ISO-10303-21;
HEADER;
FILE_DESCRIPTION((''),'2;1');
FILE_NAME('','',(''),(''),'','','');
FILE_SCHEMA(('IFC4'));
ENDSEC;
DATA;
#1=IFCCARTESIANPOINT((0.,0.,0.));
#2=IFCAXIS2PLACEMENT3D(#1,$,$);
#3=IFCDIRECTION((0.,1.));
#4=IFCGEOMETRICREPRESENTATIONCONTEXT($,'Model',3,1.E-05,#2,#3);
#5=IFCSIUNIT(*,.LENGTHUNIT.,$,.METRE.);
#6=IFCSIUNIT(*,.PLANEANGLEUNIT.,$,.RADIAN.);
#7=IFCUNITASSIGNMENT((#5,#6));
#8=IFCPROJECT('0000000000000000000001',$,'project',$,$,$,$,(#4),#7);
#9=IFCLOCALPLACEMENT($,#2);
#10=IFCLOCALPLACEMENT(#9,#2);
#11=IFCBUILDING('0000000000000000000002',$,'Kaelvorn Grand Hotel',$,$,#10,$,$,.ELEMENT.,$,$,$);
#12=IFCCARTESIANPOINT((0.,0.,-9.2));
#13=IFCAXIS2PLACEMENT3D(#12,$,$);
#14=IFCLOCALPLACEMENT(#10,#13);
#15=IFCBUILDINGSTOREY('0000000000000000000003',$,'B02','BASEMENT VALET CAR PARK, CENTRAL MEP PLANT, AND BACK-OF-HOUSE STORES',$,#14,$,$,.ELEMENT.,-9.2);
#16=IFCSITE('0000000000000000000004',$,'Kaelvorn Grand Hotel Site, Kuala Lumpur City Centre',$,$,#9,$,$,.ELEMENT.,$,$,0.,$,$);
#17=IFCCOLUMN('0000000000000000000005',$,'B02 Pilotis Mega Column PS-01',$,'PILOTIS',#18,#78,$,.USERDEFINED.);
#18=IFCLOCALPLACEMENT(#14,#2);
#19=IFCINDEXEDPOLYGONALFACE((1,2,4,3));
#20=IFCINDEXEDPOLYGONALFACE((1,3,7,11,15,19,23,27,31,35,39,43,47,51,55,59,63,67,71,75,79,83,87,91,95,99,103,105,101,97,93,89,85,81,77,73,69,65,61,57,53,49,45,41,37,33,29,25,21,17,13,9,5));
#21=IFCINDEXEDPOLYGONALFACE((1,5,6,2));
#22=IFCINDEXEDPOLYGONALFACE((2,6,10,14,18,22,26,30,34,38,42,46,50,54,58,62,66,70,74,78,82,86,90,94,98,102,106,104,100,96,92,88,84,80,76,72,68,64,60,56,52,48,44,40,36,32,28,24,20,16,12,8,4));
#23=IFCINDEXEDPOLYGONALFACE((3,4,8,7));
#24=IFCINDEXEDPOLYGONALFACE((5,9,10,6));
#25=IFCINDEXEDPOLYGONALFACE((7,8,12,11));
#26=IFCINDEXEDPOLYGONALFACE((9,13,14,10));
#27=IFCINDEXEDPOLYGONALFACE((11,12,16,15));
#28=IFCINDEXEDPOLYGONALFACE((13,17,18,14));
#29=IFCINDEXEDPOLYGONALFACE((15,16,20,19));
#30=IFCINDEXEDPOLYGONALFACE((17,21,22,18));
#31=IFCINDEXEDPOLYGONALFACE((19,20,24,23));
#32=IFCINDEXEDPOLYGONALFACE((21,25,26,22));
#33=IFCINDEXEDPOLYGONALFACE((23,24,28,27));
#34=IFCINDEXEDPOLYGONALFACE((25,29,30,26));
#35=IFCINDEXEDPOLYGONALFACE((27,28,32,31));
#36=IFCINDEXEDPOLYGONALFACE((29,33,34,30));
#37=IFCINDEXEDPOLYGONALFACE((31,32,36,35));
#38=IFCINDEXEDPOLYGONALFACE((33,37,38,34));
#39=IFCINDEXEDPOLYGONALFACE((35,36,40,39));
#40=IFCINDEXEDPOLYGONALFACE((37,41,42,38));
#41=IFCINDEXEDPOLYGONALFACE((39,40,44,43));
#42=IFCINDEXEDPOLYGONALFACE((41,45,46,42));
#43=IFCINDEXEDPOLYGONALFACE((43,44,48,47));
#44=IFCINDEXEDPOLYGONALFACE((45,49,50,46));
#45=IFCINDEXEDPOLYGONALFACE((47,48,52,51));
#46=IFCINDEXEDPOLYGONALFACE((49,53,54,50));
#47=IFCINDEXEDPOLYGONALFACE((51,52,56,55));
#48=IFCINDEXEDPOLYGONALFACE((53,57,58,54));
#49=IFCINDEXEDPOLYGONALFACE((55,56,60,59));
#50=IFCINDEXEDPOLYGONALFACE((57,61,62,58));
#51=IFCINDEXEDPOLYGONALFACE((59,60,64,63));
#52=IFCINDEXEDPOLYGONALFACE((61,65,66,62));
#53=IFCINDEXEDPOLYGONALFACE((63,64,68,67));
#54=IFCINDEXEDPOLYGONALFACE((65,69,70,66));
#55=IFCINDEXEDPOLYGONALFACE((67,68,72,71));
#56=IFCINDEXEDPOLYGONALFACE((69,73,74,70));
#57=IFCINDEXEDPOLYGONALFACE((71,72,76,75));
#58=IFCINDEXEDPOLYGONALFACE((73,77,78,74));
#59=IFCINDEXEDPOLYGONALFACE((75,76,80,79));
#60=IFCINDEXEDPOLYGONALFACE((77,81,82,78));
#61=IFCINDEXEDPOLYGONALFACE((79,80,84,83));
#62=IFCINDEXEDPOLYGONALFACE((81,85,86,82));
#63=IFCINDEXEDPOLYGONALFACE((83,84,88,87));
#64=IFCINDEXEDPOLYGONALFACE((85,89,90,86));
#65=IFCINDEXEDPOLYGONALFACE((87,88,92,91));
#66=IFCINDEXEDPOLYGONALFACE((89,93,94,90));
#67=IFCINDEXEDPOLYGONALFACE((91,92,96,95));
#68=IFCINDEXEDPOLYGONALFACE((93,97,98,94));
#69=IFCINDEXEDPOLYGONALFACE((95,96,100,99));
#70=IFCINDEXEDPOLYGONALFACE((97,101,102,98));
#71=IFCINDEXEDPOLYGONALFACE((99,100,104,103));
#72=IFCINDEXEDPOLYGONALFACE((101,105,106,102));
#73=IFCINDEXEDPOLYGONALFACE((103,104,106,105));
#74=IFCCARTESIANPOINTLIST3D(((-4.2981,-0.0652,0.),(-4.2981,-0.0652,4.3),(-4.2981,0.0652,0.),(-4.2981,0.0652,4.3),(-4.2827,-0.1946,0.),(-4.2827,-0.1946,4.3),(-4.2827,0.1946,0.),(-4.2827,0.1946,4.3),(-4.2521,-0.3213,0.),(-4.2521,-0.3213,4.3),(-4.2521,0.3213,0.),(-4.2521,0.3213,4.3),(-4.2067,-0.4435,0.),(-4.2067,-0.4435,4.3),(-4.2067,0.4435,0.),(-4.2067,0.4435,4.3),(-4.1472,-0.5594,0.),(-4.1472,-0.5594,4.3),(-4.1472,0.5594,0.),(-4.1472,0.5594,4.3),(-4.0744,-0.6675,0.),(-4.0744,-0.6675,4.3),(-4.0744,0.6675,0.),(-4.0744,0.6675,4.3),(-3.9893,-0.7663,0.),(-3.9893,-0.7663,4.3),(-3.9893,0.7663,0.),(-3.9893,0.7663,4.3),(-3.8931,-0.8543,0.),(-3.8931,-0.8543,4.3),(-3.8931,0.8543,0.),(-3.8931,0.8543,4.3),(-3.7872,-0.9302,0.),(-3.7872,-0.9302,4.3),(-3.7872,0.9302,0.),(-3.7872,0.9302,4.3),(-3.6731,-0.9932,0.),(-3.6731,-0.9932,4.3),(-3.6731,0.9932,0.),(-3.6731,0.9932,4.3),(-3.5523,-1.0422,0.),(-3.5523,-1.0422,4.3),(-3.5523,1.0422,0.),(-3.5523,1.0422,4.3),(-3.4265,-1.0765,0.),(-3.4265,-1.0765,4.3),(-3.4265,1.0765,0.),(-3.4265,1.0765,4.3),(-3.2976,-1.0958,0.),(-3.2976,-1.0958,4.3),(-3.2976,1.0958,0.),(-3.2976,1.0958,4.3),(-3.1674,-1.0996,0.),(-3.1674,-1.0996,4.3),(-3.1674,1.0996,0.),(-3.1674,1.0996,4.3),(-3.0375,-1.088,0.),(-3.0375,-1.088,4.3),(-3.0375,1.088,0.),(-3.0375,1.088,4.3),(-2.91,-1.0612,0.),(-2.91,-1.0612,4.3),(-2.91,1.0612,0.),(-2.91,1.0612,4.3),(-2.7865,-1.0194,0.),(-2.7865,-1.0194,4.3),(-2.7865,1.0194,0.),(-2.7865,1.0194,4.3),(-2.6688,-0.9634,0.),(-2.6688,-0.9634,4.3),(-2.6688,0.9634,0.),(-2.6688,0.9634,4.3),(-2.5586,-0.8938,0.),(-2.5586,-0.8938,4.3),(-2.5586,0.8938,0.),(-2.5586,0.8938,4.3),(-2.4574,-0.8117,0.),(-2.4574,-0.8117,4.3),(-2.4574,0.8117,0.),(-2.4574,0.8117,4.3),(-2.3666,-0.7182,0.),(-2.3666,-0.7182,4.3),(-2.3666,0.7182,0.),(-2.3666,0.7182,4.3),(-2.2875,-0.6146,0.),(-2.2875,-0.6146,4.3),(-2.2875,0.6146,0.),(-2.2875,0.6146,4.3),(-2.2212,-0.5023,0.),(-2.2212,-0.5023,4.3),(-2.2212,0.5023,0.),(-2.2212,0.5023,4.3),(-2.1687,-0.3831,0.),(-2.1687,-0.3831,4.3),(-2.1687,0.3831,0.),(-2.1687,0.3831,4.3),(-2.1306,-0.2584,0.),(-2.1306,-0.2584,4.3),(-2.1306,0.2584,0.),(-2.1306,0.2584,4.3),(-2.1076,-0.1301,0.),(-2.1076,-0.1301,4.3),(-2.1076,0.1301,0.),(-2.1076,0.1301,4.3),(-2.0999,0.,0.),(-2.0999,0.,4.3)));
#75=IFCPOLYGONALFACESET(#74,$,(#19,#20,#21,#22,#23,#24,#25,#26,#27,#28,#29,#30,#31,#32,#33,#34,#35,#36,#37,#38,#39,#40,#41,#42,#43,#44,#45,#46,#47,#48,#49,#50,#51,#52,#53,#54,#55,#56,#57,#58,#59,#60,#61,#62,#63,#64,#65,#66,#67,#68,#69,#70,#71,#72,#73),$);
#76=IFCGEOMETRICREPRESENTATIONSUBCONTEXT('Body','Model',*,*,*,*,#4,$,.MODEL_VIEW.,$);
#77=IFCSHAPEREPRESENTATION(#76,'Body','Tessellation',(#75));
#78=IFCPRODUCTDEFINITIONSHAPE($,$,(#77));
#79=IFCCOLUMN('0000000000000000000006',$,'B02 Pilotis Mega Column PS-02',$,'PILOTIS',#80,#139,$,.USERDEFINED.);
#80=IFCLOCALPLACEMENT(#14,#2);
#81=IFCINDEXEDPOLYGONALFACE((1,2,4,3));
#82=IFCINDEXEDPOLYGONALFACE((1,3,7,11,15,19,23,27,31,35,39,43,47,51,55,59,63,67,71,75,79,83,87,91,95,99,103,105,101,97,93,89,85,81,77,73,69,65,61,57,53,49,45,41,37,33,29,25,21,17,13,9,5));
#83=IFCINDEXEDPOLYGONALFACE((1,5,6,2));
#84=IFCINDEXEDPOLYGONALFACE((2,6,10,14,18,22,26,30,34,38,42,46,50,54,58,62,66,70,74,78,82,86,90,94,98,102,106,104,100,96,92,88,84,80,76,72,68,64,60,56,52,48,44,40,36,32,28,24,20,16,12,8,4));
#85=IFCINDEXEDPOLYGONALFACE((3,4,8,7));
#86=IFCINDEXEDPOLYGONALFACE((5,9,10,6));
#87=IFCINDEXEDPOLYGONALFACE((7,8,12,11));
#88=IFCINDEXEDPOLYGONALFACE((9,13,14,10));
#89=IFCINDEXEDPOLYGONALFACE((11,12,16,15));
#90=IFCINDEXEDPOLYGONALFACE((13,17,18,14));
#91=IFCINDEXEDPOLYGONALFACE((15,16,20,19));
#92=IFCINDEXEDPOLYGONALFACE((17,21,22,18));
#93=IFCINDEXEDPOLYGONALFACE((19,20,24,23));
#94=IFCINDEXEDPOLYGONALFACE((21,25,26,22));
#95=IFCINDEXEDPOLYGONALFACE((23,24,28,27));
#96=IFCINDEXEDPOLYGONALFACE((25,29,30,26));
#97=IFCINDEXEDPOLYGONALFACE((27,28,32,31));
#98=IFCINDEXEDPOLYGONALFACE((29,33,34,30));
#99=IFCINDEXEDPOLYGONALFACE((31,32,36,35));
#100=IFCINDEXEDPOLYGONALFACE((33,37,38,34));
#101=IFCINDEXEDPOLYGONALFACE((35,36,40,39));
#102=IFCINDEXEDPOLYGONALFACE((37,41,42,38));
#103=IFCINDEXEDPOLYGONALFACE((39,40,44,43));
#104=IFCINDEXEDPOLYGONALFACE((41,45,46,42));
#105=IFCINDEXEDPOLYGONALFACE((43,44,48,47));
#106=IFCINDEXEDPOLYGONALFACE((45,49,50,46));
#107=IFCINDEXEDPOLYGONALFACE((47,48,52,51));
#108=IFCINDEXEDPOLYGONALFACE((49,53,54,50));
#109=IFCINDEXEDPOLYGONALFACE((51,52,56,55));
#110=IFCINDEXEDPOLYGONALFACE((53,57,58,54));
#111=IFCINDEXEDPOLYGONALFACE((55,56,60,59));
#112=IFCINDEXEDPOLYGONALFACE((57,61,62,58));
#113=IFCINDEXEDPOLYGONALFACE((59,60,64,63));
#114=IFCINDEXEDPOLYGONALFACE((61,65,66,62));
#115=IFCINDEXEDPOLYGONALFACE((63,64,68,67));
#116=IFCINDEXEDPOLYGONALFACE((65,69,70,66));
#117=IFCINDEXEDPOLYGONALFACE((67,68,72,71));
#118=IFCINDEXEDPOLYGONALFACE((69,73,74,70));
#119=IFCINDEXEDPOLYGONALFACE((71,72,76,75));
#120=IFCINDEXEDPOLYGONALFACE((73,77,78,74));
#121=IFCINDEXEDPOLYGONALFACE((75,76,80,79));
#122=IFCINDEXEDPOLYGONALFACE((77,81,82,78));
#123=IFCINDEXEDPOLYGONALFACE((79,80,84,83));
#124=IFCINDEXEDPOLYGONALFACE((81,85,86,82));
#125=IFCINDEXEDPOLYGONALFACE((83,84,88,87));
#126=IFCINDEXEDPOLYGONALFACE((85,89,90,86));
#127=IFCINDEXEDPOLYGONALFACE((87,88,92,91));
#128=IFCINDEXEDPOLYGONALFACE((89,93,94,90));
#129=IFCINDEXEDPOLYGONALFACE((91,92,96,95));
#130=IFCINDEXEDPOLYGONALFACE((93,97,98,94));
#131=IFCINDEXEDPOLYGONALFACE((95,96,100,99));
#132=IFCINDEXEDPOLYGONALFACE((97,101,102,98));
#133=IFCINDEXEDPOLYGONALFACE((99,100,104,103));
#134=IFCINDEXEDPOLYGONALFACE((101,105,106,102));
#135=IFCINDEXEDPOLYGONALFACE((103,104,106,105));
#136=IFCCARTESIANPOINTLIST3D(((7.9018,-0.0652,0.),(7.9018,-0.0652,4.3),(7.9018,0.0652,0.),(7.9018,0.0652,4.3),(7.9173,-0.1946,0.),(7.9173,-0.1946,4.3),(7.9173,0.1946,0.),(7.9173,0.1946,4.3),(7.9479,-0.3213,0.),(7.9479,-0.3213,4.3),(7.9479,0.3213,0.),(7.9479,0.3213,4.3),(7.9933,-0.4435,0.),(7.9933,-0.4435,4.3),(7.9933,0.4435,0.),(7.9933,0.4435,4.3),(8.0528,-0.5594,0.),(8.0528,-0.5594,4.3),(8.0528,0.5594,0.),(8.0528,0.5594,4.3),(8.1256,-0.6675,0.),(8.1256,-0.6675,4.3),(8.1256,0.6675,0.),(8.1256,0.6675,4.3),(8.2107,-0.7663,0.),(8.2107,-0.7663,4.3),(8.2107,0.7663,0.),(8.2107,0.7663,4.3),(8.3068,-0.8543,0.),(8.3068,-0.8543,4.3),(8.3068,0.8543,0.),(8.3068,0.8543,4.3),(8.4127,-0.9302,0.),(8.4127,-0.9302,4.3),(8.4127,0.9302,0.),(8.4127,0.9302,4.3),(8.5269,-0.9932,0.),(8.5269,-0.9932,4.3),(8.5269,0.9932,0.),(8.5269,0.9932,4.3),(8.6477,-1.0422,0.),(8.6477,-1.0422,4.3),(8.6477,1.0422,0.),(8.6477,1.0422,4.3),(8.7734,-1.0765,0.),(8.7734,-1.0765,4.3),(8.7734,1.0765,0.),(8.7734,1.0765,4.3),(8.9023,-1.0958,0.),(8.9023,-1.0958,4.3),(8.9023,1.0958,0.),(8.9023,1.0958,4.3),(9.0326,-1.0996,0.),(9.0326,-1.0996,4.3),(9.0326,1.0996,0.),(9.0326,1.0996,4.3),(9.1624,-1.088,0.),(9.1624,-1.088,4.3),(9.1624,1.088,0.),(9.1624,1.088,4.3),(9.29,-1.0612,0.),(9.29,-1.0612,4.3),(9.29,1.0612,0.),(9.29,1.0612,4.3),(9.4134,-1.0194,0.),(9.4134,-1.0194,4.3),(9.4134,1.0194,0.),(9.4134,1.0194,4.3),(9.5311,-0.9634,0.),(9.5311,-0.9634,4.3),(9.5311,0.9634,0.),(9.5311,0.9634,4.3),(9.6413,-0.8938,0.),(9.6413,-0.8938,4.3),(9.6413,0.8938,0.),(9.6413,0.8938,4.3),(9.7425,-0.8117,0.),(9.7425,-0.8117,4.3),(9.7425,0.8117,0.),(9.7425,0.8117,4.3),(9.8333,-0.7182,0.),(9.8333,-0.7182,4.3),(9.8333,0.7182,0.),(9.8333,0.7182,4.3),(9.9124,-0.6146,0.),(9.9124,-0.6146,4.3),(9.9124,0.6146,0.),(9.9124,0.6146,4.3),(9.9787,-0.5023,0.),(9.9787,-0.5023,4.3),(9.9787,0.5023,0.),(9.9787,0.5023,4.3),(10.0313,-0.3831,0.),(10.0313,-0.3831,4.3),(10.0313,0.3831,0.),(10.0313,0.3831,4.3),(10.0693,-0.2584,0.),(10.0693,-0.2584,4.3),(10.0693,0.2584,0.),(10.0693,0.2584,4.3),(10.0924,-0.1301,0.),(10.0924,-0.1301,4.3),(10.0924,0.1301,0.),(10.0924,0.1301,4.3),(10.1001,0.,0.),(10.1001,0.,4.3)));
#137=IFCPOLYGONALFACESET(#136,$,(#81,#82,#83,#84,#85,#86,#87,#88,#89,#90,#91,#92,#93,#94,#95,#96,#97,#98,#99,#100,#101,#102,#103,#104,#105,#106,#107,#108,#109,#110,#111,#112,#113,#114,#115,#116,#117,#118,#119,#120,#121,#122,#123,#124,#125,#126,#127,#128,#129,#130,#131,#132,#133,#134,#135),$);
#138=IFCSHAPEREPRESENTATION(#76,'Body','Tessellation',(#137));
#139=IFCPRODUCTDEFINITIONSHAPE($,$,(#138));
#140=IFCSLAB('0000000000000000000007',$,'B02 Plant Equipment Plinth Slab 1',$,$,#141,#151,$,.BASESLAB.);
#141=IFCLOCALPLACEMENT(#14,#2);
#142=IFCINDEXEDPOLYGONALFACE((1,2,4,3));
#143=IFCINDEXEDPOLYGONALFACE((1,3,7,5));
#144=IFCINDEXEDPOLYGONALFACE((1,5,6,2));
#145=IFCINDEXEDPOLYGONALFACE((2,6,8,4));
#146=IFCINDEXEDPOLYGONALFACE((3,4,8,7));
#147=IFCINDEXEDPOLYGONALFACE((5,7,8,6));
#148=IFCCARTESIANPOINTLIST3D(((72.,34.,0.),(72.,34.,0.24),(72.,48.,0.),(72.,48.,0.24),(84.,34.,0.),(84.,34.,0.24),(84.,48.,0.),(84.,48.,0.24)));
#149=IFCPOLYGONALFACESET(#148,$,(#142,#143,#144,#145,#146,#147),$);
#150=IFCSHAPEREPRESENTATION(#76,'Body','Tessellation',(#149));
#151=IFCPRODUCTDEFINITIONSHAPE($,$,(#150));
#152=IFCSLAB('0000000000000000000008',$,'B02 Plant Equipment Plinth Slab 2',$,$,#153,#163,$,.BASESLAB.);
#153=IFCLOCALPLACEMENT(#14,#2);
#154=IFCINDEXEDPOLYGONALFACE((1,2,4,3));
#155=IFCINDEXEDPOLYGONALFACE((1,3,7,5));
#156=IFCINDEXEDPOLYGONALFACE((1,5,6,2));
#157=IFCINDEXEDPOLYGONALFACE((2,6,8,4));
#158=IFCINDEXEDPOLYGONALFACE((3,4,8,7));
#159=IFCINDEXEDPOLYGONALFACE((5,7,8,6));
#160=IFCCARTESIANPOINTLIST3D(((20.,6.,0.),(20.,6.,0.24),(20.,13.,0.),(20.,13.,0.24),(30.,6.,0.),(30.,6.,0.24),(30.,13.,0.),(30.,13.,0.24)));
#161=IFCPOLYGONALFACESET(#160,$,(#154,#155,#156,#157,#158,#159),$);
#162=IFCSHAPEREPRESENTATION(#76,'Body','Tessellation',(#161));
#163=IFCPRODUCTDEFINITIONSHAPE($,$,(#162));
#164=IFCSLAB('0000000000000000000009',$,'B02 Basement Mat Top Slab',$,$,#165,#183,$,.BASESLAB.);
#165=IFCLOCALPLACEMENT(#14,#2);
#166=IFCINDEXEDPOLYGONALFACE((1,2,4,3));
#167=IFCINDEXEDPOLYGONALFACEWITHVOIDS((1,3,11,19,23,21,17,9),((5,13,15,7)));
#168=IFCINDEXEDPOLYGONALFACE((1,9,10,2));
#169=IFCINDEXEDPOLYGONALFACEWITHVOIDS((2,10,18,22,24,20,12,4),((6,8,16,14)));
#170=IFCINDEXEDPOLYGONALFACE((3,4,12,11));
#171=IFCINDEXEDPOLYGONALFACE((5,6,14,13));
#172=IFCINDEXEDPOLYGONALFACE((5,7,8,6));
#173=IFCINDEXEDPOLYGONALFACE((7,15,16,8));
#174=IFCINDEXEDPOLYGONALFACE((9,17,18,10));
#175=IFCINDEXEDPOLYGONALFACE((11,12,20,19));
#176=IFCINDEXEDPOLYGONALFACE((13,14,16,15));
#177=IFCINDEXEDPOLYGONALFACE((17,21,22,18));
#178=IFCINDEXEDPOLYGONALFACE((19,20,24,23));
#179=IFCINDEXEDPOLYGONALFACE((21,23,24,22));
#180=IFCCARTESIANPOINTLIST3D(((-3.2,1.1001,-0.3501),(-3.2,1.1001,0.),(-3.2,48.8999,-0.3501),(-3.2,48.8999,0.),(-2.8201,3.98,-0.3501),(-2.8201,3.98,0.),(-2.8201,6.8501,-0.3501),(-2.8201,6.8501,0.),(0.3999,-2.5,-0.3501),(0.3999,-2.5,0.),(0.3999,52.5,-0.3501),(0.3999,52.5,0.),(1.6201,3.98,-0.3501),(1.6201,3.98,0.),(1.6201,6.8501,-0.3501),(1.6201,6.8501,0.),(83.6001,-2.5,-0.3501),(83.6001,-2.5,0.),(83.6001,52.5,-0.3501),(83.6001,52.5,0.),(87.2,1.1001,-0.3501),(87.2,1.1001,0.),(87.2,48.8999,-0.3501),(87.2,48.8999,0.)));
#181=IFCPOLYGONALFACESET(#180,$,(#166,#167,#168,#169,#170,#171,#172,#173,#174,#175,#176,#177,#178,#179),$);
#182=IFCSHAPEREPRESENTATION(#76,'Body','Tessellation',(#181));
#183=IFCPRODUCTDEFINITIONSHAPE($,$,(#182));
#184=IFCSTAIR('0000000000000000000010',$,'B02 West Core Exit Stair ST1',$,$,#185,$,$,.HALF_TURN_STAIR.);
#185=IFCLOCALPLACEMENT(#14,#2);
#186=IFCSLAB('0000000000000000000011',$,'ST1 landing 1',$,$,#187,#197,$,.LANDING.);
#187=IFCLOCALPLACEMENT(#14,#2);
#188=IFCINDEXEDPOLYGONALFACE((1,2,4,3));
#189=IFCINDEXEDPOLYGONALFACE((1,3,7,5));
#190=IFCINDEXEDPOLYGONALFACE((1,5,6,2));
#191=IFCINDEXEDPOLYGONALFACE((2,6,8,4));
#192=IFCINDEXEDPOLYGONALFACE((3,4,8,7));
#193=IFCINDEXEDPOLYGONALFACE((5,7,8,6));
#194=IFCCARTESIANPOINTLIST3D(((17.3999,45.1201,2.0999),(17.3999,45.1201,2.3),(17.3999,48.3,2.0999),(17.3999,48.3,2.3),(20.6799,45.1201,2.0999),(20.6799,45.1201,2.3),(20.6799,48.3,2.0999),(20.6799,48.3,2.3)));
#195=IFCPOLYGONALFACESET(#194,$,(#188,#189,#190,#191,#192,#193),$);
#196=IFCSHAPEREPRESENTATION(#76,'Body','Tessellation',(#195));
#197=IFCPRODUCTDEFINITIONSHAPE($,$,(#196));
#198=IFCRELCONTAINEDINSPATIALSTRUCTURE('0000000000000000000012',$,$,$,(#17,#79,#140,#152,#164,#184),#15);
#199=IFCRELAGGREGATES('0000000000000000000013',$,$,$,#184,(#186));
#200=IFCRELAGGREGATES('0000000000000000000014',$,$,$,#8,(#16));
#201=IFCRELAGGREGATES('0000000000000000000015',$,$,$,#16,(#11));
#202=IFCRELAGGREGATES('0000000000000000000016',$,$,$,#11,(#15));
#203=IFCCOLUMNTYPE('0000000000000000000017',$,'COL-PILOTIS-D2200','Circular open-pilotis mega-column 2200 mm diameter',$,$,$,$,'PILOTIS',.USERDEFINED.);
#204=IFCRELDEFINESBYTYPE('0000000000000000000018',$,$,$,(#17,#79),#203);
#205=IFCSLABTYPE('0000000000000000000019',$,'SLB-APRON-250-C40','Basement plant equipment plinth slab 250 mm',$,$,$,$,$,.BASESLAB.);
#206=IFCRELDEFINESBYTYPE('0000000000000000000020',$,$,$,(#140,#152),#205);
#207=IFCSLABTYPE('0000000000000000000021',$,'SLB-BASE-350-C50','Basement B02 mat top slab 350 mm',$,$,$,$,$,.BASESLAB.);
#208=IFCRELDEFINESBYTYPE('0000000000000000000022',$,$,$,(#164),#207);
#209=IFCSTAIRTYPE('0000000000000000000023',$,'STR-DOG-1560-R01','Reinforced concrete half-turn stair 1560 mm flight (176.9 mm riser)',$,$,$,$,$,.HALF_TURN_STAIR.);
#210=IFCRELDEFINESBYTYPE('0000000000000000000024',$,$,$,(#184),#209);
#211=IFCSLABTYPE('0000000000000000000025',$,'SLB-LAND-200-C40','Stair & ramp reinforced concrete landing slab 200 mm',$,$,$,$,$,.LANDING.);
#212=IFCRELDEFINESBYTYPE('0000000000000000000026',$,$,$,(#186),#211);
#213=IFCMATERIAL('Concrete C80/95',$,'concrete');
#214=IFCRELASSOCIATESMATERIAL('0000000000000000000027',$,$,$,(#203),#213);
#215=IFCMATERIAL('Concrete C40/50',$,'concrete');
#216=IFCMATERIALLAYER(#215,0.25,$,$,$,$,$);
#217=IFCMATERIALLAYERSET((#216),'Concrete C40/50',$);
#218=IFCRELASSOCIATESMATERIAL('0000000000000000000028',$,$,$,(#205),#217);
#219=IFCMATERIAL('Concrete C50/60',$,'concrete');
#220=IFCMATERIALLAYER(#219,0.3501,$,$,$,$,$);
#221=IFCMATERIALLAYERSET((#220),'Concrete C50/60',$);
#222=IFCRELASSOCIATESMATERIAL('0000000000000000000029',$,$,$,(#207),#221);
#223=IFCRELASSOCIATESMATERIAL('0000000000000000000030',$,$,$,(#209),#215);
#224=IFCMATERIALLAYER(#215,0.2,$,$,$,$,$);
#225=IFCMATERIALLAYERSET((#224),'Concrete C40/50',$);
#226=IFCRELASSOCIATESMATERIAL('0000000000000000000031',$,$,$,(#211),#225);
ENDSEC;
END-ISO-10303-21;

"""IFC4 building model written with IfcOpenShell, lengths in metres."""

from ifc_helpers import new_model, si_unit, direction, frame, origin, origin_2d, place, context, subcontext, project, spatial, polyline, circle, outline, extrude, material, layer, layer_set, material_profile, profile_set, type_object, element, aggregate, save


model = new_model("IFC4")

# Units and contexts
model_context = context("Model", 3, precision=1e-05, world=origin(), true_north=direction((0.0, 1.0)))
body_context = subcontext(model_context, "Body", "Model", "MODEL_VIEW")
ifc_project = project(units=[si_unit("LENGTHUNIT", "METRE"), si_unit("PLANEANGLEUNIT", "RADIAN")], contexts=[model_context])

# Site, building, storey
site_placement = place(None, origin())
site = spatial("IfcSite", under=ifc_project, at=site_placement, Name="Kaelvorn Grand Hotel Site, Kuala Lumpur City Centre", CompositionType="ELEMENT", RefElevation=0.0)
building_placement = place(site_placement, origin())
building = spatial("IfcBuilding", under=site, at=building_placement, Name="Kaelvorn Grand Hotel", CompositionType="ELEMENT")
storey_placement = place(building_placement, frame((0.0, 0.0, -9.2)))
storey = spatial("IfcBuildingStorey", under=building, at=storey_placement, Name="B02", Description="BASEMENT VALET CAR PARK, CENTRAL MEP PLANT, AND BACK-OF-HOUSE STORES", CompositionType="ELEMENT", Elevation=-9.2)

# Shared definitions
ifc_material_1 = material(Name="Concrete C50/60", Category="concrete")

# Columns
ifc_material_2 = material(Name="Concrete C80/95", Category="concrete")
ifc_material_profile_1 = material_profile(ifc_material_2, circle(Radius=1.1001, at=origin_2d()), Name="PILOTIS D2200")
ifc_profile_set_1 = profile_set([ifc_material_profile_1], Name="Concrete C80/95")
column_type_1 = type_object("IfcColumnType", Name="COL-PILOTIS-D2200", Description="Circular open-pilotis mega-column 2200 mm diameter", ElementType="PILOTIS", PredefinedType="USERDEFINED", material=ifc_profile_set_1)
for number, where, z_axis, x_axis, name in (
    (1, (-3.2, 0.0, 0.0), (0.0, 0.0, 1.0), (1.0, 0.0, 0.0), "B02 Pilotis Mega Column PS-01"),
    (2, (9.0, 0.0, 0.0), (0.0, 0.0, 1.0), (1.0, 0.0, 0.0), "B02 Pilotis Mega Column PS-02"),
):
    element("IfcColumn", number, at=place(storey_placement, frame(where, z_axis=z_axis, x_axis=x_axis)), inside=storey, type_object=column_type_1, Name=name, ObjectType="PILOTIS", PredefinedType="USERDEFINED", context=body_context, shape_type="SweptSolid", body=[
        extrude(circle(Radius=1.1001, at=origin_2d()), origin(), (0.0, 0.0, 1.0), 4.3),
    ])

# Slabs
ifc_material_3 = material(Name="Concrete C40/50", Category="concrete")
ifc_layer_1 = layer(ifc_material_3, 0.25)
ifc_layer_set_1 = layer_set([ifc_layer_1], Name="Concrete C40/50")
slab_type_1 = type_object("IfcSlabType", Name="SLB-APRON-250-C40", Description="Basement plant equipment plinth slab 250 mm", PredefinedType="BASESLAB", material=ifc_layer_set_1)
slab_1_placement = place(storey_placement, origin())
element("IfcSlab", 3, at=slab_1_placement, inside=storey, type_object=slab_type_1, Name="B02 Plant Equipment Plinth Slab 1", PredefinedType="BASESLAB", context=body_context, shape_type="SweptSolid", body=[
    extrude(outline(polyline([(72.0, 34.0), (84.0, 34.0), (84.0, 48.0), (72.0, 48.0), (72.0, 34.0)])), origin(), (0.0, 0.0, 1.0), 0.24),
])
slab_2_placement = place(storey_placement, origin())
element("IfcSlab", 4, at=slab_2_placement, inside=storey, type_object=slab_type_1, Name="B02 Plant Equipment Plinth Slab 2", PredefinedType="BASESLAB", context=body_context, shape_type="SweptSolid", body=[
    extrude(outline(polyline([(20.0, 6.0), (30.0, 6.0), (30.0, 13.0), (20.0, 13.0), (20.0, 6.0)])), origin(), (0.0, 0.0, 1.0), 0.24),
])
ifc_layer_2 = layer(ifc_material_1, 0.3501)
ifc_layer_set_2 = layer_set([ifc_layer_2], Name="Concrete C50/60")
slab_type_2 = type_object("IfcSlabType", Name="SLB-BASE-350-C50", Description="Basement B02 mat top slab 350 mm", PredefinedType="BASESLAB", material=ifc_layer_set_2)
slab_3_placement = place(storey_placement, frame((0.0, 0.0, -0.3501)))
element("IfcSlab", 5, at=slab_3_placement, inside=storey, type_object=slab_type_2, Name="B02 Basement Mat Top Slab", PredefinedType="BASESLAB", context=body_context, shape_type="SweptSolid", body=[
    extrude(outline(polyline([(0.3999, -2.5), (83.6001, -2.5), (87.2, 1.1001), (87.2, 48.8999), (83.6001, 52.5), (0.3999, 52.5), (-3.2, 48.8999), (-3.2, 1.1001), (0.3999, -2.5)]), holes=[polyline([(-2.8201, 3.98), (-2.8201, 6.8501), (1.6201, 6.8501), (1.6201, 3.98), (-2.8201, 3.98)])]), origin(), (0.0, 0.0, 1.0), 0.3501),
])

# Stair, slab
stair_type = type_object("IfcStairType", Name="STR-DOG-1560-R01", Description="Reinforced concrete half-turn stair 1560 mm flight (176.9 mm riser)", PredefinedType="HALF_TURN_STAIR", material=ifc_material_3)
stair_1_placement = place(storey_placement, origin())
stair_1 = element("IfcStair", 6, at=stair_1_placement, inside=storey, type_object=stair_type, Name="B02 West Core Exit Stair ST1", PredefinedType="HALF_TURN_STAIR")
ifc_layer_3 = layer(ifc_material_3, 0.2)
ifc_layer_set_3 = layer_set([ifc_layer_3], Name="Concrete C40/50")
slab_type_3 = type_object("IfcSlabType", Name="SLB-LAND-200-C40", Description="Stair & ramp reinforced concrete landing slab 200 mm", PredefinedType="LANDING", material=ifc_layer_set_3)
slab_4_placement = place(storey_placement, frame((0.0, 0.0, 2.0999)))
slab_4 = element("IfcSlab", 7, at=slab_4_placement, type_object=slab_type_3, Name="ST1 landing 1", PredefinedType="LANDING", context=body_context, shape_type="SweptSolid", body=[
    extrude(outline(polyline([(20.6799, 45.1201), (20.6799, 48.3), (17.3999, 48.3), (17.3999, 45.1201), (20.6799, 45.1201)])), origin(), (0.0, 0.0, 1.0), 0.2002),
])
aggregate(stair_1, [slab_4])

save(model, "model.ifc")
